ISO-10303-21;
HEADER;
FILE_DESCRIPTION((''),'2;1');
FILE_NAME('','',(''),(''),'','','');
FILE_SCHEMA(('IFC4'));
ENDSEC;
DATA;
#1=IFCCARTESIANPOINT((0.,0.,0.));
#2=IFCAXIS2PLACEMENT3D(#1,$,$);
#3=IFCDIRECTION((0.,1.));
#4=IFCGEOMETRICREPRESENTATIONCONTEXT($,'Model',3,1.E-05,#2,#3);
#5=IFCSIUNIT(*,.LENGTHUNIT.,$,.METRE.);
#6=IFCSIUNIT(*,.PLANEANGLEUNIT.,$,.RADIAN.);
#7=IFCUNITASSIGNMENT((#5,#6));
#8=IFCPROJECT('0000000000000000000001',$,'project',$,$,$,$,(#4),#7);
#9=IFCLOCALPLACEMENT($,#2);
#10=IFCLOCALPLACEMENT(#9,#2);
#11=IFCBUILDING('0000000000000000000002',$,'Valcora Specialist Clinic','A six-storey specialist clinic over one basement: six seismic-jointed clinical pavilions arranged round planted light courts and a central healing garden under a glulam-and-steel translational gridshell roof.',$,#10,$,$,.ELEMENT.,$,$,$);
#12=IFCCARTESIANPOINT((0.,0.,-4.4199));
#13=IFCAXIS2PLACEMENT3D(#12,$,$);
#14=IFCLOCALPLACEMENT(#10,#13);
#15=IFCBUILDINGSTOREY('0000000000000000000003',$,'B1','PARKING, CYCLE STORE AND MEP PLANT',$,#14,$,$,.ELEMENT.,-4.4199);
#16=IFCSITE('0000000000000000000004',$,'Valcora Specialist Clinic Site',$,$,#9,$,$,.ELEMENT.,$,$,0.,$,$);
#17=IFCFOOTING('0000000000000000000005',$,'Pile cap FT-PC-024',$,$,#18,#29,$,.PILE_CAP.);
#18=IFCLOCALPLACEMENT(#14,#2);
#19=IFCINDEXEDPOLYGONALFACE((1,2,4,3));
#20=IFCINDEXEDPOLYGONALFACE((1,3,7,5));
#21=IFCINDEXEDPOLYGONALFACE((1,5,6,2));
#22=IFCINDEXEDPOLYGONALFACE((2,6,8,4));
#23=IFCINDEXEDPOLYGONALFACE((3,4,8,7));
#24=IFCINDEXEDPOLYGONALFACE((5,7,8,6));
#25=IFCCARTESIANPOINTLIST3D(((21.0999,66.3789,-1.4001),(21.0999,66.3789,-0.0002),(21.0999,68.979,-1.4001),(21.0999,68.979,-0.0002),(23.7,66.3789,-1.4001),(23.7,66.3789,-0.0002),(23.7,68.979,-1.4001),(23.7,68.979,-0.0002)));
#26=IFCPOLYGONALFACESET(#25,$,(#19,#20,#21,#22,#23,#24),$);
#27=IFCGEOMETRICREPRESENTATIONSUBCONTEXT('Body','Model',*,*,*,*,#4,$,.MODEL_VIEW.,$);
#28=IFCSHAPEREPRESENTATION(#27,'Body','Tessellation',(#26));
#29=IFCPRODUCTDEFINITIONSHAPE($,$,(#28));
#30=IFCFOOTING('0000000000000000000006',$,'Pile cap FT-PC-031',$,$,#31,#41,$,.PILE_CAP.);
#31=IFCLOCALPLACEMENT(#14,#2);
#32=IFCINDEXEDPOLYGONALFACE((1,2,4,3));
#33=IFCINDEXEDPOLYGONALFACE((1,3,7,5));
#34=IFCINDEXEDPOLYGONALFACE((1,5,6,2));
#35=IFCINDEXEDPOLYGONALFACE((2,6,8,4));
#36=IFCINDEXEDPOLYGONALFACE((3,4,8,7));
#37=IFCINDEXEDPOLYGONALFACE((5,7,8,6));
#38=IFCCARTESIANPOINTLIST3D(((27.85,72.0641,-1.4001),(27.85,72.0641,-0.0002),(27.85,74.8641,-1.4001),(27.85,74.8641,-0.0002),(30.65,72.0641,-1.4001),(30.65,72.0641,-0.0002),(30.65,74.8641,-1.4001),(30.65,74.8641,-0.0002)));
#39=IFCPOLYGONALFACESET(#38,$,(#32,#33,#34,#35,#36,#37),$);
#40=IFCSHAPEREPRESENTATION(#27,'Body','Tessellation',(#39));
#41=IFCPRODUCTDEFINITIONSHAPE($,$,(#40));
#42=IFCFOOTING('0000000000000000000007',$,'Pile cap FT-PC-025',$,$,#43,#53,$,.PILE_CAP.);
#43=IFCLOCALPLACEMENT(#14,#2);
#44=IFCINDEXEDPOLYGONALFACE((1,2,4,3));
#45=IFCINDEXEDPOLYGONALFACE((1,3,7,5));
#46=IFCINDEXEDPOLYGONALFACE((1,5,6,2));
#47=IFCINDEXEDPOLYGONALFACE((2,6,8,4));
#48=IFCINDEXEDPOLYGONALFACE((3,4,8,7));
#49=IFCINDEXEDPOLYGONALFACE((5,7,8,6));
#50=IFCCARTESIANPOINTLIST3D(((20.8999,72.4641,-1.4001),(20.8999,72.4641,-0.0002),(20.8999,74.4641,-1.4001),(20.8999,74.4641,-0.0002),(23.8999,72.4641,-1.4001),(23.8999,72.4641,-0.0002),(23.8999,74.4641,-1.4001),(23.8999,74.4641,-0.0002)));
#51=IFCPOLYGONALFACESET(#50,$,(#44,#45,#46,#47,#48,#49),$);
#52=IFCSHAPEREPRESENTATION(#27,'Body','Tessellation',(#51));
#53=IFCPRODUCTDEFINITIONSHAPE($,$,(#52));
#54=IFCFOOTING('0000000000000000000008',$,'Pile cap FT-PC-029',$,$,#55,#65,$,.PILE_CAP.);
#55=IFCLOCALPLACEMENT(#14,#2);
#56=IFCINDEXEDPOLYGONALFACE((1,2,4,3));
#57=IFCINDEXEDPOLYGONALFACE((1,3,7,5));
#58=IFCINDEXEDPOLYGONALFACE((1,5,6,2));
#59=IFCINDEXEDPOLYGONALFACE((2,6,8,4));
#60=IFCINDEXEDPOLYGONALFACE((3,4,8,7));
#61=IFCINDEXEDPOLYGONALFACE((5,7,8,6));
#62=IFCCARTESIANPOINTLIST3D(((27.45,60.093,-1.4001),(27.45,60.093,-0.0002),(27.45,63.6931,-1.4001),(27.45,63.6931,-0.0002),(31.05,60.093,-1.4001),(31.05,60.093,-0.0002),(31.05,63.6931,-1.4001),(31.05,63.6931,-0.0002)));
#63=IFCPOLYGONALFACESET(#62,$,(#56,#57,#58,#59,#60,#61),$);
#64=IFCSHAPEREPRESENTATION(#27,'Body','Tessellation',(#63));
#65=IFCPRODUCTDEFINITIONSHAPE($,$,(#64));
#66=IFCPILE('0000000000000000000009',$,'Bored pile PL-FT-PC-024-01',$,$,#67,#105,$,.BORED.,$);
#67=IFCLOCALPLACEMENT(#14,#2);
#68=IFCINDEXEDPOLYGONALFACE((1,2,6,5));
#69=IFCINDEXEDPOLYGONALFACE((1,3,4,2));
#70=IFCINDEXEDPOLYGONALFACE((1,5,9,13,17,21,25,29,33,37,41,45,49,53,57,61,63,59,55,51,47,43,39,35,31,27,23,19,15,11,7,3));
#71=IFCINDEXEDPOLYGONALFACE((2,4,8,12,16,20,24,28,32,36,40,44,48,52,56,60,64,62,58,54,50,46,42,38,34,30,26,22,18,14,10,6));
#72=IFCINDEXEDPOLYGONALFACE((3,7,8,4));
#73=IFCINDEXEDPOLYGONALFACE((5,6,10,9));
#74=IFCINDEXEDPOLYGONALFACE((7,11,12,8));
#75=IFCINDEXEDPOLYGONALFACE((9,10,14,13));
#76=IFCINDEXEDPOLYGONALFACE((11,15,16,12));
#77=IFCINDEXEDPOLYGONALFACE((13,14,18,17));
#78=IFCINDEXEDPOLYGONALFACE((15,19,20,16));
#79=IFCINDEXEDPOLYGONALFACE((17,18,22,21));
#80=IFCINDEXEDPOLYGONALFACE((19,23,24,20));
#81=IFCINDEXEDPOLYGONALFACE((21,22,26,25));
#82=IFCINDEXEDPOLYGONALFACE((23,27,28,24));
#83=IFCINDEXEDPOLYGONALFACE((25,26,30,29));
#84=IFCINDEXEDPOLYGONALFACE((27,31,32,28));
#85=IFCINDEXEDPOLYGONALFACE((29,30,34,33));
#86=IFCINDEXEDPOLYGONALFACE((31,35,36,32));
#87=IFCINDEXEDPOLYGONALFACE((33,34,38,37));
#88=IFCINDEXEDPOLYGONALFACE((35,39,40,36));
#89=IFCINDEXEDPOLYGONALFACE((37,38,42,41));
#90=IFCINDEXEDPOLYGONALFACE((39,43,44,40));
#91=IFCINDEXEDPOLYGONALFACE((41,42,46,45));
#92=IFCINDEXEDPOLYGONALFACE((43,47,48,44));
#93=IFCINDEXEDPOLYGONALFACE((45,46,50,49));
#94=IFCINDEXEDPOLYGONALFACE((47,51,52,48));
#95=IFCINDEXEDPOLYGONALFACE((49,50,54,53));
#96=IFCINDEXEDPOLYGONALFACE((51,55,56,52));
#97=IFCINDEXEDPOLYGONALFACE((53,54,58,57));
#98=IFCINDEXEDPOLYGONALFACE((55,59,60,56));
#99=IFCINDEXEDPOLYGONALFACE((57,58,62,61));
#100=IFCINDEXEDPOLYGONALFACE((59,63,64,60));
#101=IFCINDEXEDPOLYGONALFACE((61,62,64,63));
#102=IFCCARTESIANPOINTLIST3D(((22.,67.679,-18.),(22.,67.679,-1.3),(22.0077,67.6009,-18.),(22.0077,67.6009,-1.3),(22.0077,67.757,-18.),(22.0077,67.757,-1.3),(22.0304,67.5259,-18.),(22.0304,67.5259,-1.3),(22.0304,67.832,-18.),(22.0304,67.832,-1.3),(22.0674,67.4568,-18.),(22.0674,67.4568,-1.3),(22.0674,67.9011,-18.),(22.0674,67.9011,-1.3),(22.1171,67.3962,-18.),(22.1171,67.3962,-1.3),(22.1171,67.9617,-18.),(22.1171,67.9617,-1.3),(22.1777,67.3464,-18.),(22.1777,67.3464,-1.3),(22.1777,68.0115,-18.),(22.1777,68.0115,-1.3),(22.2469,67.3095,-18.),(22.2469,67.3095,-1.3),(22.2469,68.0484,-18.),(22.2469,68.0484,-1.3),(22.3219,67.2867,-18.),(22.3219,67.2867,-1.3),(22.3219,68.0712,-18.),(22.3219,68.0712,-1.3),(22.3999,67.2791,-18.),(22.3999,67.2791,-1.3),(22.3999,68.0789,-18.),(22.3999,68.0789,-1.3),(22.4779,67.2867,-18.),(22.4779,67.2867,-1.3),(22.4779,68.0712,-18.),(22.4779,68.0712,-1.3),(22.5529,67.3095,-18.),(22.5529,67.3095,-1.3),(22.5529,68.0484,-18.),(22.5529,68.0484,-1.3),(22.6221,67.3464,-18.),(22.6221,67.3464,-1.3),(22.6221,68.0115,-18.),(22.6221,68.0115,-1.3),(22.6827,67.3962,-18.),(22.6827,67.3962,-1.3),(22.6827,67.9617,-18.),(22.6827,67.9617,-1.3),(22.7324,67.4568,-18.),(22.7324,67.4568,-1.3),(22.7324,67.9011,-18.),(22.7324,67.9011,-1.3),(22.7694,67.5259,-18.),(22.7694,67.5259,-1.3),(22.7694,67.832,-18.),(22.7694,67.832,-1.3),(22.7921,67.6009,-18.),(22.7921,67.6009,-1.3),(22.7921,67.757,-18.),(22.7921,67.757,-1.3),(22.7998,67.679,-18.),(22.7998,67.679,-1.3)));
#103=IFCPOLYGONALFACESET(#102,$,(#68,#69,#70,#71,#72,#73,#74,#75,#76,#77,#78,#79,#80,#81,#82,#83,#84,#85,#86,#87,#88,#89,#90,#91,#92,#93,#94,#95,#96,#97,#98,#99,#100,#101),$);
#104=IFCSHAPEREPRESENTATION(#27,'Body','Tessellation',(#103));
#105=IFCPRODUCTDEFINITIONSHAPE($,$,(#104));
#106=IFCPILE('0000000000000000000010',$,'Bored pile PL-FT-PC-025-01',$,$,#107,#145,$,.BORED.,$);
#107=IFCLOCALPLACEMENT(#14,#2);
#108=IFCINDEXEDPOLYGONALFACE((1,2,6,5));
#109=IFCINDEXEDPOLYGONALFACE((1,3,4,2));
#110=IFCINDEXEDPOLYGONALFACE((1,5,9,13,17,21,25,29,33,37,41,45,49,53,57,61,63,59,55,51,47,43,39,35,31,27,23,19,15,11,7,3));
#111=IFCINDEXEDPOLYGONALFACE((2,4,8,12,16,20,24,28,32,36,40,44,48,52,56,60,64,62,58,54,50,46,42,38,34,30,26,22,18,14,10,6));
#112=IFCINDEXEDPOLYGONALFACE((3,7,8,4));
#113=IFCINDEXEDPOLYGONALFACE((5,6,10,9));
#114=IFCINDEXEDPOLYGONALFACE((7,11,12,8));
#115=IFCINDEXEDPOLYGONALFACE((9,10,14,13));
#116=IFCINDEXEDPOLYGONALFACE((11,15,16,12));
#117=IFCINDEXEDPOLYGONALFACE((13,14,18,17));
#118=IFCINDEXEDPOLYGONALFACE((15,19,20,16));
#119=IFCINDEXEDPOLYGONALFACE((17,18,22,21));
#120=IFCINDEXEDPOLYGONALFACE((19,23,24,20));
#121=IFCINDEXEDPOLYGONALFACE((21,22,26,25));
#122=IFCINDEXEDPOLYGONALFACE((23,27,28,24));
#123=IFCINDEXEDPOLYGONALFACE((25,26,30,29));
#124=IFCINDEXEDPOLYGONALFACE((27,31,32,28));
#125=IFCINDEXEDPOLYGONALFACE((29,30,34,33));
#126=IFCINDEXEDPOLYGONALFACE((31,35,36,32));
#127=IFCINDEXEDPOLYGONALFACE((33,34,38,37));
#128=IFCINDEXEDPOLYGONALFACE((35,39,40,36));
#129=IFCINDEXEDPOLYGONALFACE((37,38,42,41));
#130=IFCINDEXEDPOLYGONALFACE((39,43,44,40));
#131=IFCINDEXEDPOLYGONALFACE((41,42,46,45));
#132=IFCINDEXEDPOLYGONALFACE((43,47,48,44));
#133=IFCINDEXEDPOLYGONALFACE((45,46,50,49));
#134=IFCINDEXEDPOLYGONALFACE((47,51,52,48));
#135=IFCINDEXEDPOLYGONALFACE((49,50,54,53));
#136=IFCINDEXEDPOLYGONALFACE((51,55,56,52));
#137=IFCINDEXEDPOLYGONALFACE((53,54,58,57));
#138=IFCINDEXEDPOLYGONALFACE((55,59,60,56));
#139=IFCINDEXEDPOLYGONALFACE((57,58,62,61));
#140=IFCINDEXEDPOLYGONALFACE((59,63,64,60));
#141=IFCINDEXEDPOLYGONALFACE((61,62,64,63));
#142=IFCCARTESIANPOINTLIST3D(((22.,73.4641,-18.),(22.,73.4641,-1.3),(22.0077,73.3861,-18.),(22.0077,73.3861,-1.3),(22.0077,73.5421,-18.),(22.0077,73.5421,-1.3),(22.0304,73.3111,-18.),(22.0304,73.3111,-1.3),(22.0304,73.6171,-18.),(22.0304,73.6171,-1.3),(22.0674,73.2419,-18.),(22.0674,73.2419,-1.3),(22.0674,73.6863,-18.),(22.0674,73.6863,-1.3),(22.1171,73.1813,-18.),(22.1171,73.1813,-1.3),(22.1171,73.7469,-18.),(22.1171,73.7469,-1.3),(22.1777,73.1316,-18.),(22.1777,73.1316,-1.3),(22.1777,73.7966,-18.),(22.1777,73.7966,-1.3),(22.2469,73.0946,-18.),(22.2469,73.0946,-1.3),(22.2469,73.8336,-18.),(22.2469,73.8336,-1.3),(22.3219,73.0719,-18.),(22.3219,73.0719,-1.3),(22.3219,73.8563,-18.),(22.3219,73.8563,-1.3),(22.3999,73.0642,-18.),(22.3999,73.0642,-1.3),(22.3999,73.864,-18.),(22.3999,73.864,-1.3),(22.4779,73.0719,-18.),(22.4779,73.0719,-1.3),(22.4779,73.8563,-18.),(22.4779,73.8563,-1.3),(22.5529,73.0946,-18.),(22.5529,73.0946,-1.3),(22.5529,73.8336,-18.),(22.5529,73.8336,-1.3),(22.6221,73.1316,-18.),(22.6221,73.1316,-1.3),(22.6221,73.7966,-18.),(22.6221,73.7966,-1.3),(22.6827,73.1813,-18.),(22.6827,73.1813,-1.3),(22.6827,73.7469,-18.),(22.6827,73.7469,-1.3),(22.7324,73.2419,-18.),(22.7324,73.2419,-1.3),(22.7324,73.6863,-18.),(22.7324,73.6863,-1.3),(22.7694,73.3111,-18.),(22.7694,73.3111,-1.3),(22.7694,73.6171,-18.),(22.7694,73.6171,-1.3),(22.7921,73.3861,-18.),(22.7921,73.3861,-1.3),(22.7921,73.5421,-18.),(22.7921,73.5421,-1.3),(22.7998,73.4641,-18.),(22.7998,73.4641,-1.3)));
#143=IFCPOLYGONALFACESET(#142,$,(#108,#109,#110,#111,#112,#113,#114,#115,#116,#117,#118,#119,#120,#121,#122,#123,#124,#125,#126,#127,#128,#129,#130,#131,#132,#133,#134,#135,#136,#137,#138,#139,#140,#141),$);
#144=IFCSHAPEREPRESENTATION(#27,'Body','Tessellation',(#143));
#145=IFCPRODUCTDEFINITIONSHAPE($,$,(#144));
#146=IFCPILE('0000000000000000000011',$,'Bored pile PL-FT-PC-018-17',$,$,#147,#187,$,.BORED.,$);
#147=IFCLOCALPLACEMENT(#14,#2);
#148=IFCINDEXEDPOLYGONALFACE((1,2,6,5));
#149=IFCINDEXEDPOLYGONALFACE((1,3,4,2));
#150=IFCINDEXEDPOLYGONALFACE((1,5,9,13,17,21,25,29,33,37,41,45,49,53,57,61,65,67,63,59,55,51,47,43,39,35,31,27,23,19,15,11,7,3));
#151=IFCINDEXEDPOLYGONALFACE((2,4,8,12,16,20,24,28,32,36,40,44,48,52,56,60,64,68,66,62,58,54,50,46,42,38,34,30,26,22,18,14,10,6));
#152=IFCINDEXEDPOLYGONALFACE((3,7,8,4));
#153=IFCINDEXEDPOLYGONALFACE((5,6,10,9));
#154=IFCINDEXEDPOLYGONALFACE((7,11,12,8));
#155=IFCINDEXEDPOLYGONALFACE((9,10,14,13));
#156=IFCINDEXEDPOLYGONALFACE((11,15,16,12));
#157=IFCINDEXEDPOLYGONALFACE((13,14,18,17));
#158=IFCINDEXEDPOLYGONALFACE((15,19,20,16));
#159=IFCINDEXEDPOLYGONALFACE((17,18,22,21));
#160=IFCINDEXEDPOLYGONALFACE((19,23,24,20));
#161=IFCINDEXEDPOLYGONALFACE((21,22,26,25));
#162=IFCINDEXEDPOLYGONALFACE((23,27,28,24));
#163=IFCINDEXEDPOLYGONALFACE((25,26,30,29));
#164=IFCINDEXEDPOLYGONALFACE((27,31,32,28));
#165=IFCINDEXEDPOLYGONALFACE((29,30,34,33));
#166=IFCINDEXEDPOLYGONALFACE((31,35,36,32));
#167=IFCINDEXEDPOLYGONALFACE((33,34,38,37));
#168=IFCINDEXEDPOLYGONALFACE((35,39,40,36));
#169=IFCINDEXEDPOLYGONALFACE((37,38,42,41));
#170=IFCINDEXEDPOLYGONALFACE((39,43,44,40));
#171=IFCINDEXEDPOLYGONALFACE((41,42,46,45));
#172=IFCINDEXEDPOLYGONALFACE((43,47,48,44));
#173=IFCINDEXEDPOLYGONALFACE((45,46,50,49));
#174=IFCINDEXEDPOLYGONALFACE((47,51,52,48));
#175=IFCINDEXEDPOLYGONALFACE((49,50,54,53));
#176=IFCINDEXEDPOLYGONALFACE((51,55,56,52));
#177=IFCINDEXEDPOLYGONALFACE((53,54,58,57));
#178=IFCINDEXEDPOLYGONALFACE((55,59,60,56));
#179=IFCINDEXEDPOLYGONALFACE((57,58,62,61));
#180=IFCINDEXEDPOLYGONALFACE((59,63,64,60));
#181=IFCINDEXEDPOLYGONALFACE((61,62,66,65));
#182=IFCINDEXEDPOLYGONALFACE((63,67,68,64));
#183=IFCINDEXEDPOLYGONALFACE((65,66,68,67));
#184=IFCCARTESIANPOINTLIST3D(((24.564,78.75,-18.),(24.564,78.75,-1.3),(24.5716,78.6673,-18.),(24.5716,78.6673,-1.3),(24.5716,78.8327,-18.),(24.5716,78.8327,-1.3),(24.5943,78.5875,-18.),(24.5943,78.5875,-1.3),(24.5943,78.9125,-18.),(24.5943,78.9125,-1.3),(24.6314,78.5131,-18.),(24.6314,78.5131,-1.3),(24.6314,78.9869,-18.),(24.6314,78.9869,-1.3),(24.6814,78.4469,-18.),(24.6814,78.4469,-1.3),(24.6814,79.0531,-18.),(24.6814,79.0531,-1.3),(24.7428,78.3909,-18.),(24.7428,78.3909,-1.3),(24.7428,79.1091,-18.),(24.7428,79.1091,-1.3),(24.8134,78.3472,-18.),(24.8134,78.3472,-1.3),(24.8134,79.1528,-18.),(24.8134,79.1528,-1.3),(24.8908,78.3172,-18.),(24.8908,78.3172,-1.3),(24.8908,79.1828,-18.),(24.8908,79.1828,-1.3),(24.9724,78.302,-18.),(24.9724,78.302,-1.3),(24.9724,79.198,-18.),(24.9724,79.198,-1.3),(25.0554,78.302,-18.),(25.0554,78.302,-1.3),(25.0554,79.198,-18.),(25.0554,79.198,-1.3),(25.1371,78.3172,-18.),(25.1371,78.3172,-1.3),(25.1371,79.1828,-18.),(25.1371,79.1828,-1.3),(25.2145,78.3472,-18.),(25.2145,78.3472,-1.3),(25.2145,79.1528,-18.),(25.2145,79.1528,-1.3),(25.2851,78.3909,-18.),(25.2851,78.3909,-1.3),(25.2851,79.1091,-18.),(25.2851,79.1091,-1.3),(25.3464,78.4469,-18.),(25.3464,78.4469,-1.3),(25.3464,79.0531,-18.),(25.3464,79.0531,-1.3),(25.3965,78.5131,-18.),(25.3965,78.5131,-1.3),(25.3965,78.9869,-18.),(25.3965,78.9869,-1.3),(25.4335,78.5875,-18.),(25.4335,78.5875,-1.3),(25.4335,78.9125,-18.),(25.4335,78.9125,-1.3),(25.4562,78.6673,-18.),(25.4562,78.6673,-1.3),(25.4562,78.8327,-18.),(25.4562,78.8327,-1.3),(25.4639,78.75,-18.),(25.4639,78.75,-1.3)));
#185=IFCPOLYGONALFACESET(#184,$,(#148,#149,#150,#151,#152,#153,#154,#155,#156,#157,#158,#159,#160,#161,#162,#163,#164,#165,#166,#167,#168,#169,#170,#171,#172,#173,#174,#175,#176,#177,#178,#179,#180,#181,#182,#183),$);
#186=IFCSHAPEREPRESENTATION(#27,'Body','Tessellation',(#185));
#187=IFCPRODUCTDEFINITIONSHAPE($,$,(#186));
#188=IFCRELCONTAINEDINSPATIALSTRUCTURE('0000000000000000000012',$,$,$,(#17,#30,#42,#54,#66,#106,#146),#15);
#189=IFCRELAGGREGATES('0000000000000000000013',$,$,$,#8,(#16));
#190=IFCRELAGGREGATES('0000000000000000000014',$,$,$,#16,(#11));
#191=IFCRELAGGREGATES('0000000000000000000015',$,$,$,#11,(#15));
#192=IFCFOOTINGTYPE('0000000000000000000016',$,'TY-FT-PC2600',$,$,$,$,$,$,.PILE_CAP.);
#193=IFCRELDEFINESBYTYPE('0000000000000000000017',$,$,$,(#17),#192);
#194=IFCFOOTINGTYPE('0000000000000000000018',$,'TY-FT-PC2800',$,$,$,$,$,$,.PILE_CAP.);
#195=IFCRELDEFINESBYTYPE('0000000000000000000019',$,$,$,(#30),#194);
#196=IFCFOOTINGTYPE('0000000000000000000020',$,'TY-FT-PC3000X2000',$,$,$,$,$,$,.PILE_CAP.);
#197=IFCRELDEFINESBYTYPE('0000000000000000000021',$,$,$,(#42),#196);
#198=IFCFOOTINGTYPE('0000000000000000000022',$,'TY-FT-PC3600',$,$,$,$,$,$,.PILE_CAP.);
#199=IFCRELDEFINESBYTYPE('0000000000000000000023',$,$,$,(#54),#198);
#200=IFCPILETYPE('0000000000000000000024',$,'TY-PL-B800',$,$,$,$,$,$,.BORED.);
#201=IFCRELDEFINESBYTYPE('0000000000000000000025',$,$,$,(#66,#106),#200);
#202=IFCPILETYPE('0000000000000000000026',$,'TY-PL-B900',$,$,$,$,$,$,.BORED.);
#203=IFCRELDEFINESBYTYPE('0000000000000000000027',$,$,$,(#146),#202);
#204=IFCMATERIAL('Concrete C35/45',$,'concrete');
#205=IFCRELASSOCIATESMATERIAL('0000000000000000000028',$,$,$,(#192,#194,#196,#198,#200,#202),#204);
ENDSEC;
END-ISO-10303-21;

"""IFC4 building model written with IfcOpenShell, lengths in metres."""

from ifc_helpers import new_model, si_unit, direction, frame, origin, origin_2d, place, context, subcontext, project, spatial, rectangle, circle, extrude, material, material_profile, profile_set, type_object, element, save


model = new_model("IFC4")

# Units and contexts
model_context = context("Model", 3, precision=1e-05, world=origin(), true_north=direction((0.0, 1.0)))
body_context = subcontext(model_context, "Body", "Model", "MODEL_VIEW")
ifc_project = project(units=[si_unit("LENGTHUNIT", "METRE"), si_unit("PLANEANGLEUNIT", "RADIAN")], contexts=[model_context])

# Site, building, storey
site_placement = place(None, origin())
site = spatial("IfcSite", under=ifc_project, at=site_placement, Name="Valcora Specialist Clinic Site", CompositionType="ELEMENT", RefElevation=0.0)
building_placement = place(site_placement, origin())
building = spatial("IfcBuilding", under=site, at=building_placement, Name="Valcora Specialist Clinic", Description="A six-storey specialist clinic over one basement: six seismic-jointed clinical pavilions arranged round planted light courts and a central healing garden under a glulam-and-steel translational gridshell roof.", CompositionType="ELEMENT")
storey_placement = place(building_placement, frame((0.0, 0.0, -4.4199)))
storey = spatial("IfcBuildingStorey", under=building, at=storey_placement, Name="B1", Description="PARKING, CYCLE STORE AND MEP PLANT", CompositionType="ELEMENT", Elevation=-4.4199)

# Footings
ifc_material_1 = material(Name="Concrete C35/45", Category="concrete")
footing_type_1 = type_object("IfcFootingType", Name="TY-FT-PC2600", PredefinedType="PILE_CAP", material=ifc_material_1)
footing_1_placement = place(storey_placement, frame((22.3999, 67.679, -1.4001), z_axis=(0.0, 0.0, 1.0), x_axis=(1.0, 0.0, 0.0)))
element("IfcFooting", 1, at=footing_1_placement, inside=storey, type_object=footing_type_1, Name="Pile cap FT-PC-024", PredefinedType="PILE_CAP", context=body_context, shape_type="SweptSolid", body=[
    extrude(rectangle(XDim=2.6001, YDim=2.6001, at=origin_2d()), origin(), (0.0, 0.0, 1.0), 1.3999),
])
footing_type_2 = type_object("IfcFootingType", Name="TY-FT-PC2800", PredefinedType="PILE_CAP", material=ifc_material_1)
footing_2_placement = place(storey_placement, frame((29.25, 73.4641, -1.4001), z_axis=(0.0, 0.0, 1.0), x_axis=(1.0, 0.0, 0.0)))
element("IfcFooting", 2, at=footing_2_placement, inside=storey, type_object=footing_type_2, Name="Pile cap FT-PC-031", PredefinedType="PILE_CAP", context=body_context, shape_type="SweptSolid", body=[
    extrude(rectangle(XDim=2.8, YDim=2.8, at=origin_2d()), origin(), (0.0, 0.0, 1.0), 1.3999),
])
footing_type_3 = type_object("IfcFootingType", Name="TY-FT-PC3000X2000", PredefinedType="PILE_CAP", material=ifc_material_1)
footing_3_placement = place(storey_placement, frame((22.3999, 73.4641, -1.4001), z_axis=(0.0, 0.0, 1.0), x_axis=(1.0, 0.0, 0.0)))
element("IfcFooting", 3, at=footing_3_placement, inside=storey, type_object=footing_type_3, Name="Pile cap FT-PC-025", PredefinedType="PILE_CAP", context=body_context, shape_type="SweptSolid", body=[
    extrude(rectangle(XDim=3.0, YDim=2.0, at=origin_2d()), origin(), (0.0, 0.0, 1.0), 1.3999),
])
footing_type_4 = type_object("IfcFootingType", Name="TY-FT-PC3600", PredefinedType="PILE_CAP", material=ifc_material_1)
footing_4_placement = place(storey_placement, frame((29.25, 61.8931, -1.4001), z_axis=(0.0, 0.0, 1.0), x_axis=(1.0, 0.0, 0.0)))
element("IfcFooting", 4, at=footing_4_placement, inside=storey, type_object=footing_type_4, Name="Pile cap FT-PC-029", PredefinedType="PILE_CAP", context=body_context, shape_type="SweptSolid", body=[
    extrude(rectangle(XDim=3.6001, YDim=3.6001, at=origin_2d()), origin(), (0.0, 0.0, 1.0), 1.3999),
])

# Piles
ifc_material_profile_1 = material_profile(ifc_material_1, circle(Radius=0.3999, at=origin_2d()), Name="RC-PIL-D800")
ifc_profile_set_1 = profile_set([ifc_material_profile_1], Name="Concrete C35/45")
pile_type_1 = type_object("IfcPileType", Name="TY-PL-B800", PredefinedType="BORED", material=ifc_profile_set_1)
for number, where, z_axis, x_axis, name in (
    (5, (22.3999, 67.679, -1.3), (0.0, 0.0, -1.0), (1.0, 0.0, 0.0), "Bored pile PL-FT-PC-024-01"),
    (6, (22.3999, 73.4641, -1.3), (0.0, 0.0, -1.0), (1.0, 0.0, 0.0), "Bored pile PL-FT-PC-025-01"),
):
    element("IfcPile", number, at=place(storey_placement, frame(where, z_axis=z_axis, x_axis=x_axis)), inside=storey, type_object=pile_type_1, Name=name, PredefinedType="BORED", context=body_context, shape_type="SweptSolid", body=[
        extrude(circle(Radius=0.3999, at=origin_2d()), origin(), (0.0, 0.0, 1.0), 16.7),
    ])
ifc_material_profile_2 = material_profile(ifc_material_1, circle(Radius=0.45, at=origin_2d()), Name="RC-PIL-D900")
ifc_profile_set_2 = profile_set([ifc_material_profile_2], Name="Concrete C35/45")
pile_type_2 = type_object("IfcPileType", Name="TY-PL-B900", PredefinedType="BORED", material=ifc_profile_set_2)
for number, where, z_axis, x_axis, name in (
    (7, (25.0139, 78.75, -1.3), (0.0, 0.0, -1.0), (1.0, 0.0, 0.0), "Bored pile PL-FT-PC-018-17"),
):
    element("IfcPile", number, at=place(storey_placement, frame(where, z_axis=z_axis, x_axis=x_axis)), inside=storey, type_object=pile_type_2, Name=name, PredefinedType="BORED", context=body_context, shape_type="SweptSolid", body=[
        extrude(circle(Radius=0.45, at=origin_2d()), origin(), (0.0, 0.0, 1.0), 16.7),
    ])

save(model, "model.ifc")
